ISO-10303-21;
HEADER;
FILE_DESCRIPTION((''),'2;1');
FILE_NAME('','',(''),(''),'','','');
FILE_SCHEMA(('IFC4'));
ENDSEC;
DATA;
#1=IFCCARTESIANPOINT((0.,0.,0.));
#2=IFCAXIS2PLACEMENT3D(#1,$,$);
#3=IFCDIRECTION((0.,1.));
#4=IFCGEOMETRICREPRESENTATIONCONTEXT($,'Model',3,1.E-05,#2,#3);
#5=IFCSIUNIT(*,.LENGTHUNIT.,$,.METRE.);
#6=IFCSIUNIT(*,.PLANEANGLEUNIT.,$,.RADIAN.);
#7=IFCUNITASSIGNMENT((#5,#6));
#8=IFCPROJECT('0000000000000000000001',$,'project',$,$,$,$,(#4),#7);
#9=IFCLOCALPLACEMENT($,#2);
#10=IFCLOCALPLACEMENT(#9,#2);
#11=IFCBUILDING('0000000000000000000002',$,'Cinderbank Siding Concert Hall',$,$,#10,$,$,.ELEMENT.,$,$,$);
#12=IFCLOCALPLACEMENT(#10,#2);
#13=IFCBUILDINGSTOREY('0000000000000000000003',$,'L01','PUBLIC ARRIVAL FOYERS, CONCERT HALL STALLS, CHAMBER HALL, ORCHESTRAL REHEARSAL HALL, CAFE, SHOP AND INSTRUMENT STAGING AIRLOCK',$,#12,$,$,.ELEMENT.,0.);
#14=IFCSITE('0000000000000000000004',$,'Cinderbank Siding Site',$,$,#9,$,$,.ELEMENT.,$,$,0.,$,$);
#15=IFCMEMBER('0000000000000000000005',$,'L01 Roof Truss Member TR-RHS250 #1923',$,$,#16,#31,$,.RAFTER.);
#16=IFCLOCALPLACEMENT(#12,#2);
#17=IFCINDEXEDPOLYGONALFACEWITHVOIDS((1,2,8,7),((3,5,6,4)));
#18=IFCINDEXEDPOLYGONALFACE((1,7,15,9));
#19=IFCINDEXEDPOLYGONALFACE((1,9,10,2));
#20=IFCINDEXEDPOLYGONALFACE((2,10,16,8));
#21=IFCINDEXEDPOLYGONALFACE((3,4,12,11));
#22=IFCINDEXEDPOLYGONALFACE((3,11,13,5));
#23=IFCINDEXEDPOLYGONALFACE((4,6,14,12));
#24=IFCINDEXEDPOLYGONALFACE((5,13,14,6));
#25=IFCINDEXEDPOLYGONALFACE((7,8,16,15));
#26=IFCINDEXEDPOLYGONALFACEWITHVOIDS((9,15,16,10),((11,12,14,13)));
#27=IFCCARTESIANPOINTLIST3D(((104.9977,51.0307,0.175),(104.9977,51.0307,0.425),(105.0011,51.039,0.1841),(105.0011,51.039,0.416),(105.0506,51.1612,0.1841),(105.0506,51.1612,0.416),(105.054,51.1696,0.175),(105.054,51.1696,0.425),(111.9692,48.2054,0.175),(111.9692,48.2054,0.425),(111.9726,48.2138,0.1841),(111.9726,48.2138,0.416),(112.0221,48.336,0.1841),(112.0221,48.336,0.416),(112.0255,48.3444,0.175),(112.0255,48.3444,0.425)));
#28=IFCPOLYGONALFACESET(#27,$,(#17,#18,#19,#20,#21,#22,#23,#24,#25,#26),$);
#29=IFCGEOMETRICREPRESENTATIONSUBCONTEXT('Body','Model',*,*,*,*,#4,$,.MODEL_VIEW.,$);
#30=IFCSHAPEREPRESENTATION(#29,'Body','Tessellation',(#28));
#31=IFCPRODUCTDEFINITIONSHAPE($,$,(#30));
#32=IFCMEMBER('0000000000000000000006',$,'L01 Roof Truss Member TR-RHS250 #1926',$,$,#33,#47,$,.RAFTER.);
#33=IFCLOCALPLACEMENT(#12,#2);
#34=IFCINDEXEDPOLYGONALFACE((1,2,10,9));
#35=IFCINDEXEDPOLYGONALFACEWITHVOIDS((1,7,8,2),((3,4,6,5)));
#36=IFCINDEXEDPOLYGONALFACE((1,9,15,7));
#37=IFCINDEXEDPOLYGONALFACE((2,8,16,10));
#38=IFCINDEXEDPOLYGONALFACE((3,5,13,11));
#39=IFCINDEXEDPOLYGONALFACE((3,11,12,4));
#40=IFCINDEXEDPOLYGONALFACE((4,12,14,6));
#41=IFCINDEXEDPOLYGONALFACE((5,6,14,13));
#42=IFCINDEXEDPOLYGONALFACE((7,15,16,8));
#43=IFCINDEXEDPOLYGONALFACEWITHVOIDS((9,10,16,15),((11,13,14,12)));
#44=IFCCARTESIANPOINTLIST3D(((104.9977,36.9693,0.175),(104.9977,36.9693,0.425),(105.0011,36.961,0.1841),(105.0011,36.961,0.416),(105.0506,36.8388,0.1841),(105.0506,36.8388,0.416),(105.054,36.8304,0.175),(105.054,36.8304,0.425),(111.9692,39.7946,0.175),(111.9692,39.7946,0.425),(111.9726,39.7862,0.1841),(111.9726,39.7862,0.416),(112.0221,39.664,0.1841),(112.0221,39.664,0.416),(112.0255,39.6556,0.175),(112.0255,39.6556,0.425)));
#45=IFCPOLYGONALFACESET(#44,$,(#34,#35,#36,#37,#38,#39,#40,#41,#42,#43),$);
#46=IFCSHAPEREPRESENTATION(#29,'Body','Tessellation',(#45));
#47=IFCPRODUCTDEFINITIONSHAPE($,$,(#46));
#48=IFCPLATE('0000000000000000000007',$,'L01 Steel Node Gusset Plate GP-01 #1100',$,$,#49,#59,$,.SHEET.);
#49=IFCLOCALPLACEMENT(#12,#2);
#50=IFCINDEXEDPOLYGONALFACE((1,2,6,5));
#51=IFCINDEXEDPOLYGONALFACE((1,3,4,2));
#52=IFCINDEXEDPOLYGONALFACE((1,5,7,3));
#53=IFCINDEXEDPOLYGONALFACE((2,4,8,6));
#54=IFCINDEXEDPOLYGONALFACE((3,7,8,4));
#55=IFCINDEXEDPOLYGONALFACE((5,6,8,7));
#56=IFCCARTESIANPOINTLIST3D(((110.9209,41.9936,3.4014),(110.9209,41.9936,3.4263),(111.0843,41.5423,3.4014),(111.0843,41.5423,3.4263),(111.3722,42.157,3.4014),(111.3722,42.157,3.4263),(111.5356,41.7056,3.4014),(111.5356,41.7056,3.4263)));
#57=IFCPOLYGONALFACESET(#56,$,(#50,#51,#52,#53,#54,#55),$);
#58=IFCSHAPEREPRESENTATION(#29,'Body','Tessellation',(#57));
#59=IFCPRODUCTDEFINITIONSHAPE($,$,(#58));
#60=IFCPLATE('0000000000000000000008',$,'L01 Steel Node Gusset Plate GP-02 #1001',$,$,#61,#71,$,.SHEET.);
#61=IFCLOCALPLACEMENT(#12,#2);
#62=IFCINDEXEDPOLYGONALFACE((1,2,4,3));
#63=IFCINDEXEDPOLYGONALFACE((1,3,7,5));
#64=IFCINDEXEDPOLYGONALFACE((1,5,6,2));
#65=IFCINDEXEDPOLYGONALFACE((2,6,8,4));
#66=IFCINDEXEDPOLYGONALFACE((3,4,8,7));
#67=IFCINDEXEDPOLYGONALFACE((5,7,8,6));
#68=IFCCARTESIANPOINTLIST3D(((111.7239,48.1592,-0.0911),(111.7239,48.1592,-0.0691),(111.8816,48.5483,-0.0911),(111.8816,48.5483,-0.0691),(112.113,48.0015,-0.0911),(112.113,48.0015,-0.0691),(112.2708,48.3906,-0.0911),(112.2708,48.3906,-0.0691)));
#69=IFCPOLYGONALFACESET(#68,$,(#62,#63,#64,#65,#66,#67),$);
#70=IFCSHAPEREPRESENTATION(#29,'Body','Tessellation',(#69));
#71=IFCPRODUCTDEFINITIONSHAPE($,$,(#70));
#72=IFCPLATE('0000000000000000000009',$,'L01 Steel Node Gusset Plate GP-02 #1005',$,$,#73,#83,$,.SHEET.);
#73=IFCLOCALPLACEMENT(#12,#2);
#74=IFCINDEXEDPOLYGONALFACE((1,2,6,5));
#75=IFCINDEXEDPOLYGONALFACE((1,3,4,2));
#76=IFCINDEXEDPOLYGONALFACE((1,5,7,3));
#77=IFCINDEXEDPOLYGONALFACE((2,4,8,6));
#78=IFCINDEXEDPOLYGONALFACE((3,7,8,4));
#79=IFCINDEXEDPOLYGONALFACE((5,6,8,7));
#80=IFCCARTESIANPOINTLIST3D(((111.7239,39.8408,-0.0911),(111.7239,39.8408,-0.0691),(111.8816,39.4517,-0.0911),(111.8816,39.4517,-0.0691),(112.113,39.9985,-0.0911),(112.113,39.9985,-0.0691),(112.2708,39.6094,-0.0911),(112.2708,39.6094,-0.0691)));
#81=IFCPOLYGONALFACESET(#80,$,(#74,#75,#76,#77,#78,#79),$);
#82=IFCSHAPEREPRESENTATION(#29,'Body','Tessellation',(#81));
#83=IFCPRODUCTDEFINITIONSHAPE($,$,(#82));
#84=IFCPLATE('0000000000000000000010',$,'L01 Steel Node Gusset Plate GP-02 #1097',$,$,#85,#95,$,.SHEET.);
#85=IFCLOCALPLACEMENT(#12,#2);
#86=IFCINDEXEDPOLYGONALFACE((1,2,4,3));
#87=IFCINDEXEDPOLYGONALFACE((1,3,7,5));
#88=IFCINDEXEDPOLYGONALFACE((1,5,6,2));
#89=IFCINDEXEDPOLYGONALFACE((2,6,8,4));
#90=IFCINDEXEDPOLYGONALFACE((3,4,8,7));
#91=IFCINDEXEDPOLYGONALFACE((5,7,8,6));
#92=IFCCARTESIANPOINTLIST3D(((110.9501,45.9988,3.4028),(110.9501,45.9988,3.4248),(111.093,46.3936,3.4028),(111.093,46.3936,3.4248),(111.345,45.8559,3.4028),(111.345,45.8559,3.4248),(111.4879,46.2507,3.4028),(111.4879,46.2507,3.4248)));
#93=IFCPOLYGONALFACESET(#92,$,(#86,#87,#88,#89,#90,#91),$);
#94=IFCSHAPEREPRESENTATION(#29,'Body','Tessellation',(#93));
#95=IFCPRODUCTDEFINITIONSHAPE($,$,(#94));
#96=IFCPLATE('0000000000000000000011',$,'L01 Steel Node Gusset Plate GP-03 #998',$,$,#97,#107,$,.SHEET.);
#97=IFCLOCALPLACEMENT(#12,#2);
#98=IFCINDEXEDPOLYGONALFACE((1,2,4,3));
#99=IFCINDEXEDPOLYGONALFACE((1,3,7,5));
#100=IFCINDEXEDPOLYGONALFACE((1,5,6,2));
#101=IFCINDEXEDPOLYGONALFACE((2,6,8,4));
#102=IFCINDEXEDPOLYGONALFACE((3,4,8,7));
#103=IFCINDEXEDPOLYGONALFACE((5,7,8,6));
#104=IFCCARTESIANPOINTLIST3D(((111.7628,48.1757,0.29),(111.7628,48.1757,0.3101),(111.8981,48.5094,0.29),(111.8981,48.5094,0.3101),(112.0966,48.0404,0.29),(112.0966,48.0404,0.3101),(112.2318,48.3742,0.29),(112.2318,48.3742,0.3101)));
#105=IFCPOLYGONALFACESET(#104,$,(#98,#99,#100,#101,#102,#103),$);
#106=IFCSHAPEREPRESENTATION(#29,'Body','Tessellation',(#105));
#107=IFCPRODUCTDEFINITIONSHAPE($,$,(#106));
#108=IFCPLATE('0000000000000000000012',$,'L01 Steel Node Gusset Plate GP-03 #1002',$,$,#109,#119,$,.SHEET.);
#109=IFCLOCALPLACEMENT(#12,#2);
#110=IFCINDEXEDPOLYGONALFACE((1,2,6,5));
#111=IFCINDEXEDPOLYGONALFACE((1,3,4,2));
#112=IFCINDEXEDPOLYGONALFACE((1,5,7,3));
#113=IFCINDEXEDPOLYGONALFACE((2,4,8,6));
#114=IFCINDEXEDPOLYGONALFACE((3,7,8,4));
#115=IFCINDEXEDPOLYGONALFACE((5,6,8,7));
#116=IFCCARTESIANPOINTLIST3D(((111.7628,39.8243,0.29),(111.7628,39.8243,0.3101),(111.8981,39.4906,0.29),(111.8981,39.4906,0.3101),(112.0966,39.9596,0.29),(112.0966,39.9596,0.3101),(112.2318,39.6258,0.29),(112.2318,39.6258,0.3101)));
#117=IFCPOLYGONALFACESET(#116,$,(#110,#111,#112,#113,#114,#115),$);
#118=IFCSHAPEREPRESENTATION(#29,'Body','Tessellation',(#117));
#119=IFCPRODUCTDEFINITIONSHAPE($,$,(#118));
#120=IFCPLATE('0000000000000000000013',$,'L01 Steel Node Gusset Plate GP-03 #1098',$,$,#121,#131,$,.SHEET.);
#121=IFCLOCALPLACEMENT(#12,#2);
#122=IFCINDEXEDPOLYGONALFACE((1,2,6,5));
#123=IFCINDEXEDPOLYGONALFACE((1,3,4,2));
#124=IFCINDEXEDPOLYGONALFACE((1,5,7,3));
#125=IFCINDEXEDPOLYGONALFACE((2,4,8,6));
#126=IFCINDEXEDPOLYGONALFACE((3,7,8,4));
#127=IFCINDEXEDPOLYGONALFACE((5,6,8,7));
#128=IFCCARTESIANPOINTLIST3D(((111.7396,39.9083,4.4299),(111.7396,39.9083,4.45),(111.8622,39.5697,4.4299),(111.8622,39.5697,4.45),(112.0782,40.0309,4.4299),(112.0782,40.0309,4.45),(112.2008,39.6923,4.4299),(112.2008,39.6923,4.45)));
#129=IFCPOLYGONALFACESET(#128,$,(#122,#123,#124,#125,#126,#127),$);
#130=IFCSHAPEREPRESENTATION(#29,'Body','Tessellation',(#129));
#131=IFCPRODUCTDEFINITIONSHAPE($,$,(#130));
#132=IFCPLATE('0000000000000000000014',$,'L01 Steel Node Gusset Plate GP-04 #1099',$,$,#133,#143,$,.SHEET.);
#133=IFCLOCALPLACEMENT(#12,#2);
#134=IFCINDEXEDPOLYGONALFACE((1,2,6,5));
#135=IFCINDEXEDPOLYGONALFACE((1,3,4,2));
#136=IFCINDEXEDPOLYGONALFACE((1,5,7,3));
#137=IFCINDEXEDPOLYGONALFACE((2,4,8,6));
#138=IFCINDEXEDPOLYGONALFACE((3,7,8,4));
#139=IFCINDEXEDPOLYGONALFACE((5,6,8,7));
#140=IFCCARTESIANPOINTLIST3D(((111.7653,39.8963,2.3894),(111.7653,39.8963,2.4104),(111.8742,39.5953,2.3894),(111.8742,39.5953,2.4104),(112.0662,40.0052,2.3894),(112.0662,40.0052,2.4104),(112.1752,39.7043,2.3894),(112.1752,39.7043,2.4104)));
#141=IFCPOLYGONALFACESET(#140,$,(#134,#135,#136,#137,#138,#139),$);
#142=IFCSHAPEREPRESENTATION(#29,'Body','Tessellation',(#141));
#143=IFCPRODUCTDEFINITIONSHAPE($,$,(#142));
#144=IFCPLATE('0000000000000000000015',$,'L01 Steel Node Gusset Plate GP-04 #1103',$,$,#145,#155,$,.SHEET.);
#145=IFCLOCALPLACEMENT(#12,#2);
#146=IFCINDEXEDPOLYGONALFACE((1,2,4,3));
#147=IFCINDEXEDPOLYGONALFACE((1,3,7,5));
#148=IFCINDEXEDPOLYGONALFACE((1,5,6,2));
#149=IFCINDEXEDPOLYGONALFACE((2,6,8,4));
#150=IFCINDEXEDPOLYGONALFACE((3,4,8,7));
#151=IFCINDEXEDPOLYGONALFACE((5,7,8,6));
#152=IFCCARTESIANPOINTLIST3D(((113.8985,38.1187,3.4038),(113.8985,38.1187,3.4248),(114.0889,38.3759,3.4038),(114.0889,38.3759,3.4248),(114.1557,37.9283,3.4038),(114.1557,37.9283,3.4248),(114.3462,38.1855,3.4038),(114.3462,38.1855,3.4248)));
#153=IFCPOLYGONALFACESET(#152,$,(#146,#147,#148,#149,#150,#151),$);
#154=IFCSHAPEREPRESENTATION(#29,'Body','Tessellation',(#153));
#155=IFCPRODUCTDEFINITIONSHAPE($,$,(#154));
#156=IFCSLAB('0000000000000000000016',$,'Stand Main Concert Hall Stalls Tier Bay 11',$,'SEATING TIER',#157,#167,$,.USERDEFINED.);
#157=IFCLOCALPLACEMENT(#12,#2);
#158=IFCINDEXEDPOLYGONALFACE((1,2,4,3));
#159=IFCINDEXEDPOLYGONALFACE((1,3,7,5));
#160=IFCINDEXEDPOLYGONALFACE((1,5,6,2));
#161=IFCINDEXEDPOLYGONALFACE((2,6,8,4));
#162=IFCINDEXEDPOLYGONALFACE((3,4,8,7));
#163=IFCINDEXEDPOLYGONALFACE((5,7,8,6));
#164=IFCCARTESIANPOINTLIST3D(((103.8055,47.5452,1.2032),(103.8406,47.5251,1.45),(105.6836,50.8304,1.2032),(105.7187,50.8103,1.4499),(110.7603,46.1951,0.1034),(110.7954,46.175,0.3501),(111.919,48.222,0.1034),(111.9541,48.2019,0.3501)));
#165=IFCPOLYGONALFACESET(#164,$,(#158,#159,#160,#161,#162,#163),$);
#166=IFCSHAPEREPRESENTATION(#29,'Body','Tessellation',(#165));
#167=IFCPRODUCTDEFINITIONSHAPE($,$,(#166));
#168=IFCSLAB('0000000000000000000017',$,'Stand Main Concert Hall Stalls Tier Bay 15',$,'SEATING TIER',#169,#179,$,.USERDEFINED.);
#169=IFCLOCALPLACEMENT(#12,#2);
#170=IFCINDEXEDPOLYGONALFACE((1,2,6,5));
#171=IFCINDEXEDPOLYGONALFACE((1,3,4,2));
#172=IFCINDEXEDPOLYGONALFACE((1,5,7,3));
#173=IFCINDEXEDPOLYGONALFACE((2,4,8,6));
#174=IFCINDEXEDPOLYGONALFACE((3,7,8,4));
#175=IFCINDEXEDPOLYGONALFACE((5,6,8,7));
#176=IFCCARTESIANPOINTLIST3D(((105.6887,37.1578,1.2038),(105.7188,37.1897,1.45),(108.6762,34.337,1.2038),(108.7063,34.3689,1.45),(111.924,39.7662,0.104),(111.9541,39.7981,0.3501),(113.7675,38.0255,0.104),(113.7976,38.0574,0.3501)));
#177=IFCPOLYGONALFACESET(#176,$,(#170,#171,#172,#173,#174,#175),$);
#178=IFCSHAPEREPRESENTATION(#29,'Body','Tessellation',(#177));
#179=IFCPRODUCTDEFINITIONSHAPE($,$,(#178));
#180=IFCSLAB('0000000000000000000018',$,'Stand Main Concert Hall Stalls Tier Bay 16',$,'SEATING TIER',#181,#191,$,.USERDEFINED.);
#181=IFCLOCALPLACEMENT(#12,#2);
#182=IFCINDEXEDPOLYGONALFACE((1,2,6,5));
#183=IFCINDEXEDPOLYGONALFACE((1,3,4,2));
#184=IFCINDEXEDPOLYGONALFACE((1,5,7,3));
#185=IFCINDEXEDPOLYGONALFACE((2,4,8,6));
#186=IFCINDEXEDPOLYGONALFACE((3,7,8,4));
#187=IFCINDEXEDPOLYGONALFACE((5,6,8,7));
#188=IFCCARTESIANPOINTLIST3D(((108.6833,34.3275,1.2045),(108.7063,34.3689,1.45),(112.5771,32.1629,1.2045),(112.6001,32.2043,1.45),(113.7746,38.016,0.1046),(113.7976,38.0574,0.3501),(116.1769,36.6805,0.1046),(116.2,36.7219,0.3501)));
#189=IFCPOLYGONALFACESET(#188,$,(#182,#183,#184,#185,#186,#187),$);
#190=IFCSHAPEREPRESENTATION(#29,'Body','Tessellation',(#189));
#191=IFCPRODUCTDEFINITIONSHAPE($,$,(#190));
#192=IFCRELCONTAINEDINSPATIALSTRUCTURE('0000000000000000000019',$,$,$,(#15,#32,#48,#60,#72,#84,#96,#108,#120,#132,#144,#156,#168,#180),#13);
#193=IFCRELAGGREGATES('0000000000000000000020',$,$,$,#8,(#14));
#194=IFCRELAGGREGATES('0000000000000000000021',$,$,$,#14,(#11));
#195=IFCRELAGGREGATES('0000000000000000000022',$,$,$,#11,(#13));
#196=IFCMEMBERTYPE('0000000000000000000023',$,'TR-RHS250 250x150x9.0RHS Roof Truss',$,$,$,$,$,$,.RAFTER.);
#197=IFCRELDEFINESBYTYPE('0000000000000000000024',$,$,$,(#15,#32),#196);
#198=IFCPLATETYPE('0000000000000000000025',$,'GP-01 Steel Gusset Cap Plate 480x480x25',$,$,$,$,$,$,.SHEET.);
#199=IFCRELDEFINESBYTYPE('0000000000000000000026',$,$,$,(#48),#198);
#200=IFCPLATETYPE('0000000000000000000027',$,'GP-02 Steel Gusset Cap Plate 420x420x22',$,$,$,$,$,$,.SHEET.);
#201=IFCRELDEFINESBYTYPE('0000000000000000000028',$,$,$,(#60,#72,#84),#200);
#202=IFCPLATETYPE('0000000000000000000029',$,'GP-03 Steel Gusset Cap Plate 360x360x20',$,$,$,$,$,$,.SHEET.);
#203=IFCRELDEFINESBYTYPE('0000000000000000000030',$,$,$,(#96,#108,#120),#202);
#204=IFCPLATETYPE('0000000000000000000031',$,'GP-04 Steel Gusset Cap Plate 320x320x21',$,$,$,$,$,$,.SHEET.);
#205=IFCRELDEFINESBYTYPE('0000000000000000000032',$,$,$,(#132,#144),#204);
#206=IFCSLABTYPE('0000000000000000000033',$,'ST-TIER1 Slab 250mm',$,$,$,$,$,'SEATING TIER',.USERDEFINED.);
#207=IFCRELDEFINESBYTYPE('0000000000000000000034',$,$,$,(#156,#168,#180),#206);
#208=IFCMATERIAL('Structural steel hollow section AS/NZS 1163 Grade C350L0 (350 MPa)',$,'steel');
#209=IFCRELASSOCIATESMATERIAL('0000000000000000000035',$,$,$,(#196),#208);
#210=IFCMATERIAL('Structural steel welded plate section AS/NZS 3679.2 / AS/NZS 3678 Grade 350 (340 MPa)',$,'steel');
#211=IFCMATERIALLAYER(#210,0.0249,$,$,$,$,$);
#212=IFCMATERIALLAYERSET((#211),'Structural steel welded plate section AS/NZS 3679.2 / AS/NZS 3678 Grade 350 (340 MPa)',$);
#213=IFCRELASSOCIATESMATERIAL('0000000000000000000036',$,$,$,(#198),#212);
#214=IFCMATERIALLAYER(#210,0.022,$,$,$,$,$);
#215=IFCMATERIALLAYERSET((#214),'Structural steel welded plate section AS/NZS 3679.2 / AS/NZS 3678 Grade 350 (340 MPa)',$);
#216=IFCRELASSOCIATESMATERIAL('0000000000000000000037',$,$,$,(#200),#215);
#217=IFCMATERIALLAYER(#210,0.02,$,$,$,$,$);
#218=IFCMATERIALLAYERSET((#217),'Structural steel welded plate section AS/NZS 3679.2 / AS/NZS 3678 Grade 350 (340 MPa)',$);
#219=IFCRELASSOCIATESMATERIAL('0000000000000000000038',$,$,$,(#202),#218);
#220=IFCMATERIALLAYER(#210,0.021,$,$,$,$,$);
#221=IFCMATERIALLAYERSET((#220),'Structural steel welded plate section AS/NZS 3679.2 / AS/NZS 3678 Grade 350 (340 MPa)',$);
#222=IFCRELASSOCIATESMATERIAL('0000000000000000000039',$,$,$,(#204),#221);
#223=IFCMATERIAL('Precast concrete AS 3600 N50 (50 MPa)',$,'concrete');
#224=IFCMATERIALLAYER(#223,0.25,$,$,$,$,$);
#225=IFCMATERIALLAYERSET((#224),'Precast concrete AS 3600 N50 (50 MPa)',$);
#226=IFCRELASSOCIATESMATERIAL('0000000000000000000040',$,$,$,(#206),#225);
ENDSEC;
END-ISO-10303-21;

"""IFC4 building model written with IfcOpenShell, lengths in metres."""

from ifc_helpers import new_model, si_unit, direction, frame, origin, origin_2d, place, context, subcontext, project, spatial, polyline, rectangle, hollow_rectangle, outline, extrude, material, layer, layer_set, material_profile, profile_set, type_object, element, save


model = new_model("IFC4")

# Units and contexts
model_context = context("Model", 3, precision=1e-05, world=origin(), true_north=direction((0.0, 1.0)))
body_context = subcontext(model_context, "Body", "Model", "MODEL_VIEW")
ifc_project = project(units=[si_unit("LENGTHUNIT", "METRE"), si_unit("PLANEANGLEUNIT", "RADIAN")], contexts=[model_context])

# Site, building, storey
site_placement = place(None, origin())
site = spatial("IfcSite", under=ifc_project, at=site_placement, Name="Cinderbank Siding Site", CompositionType="ELEMENT", RefElevation=0.0)
building_placement = place(site_placement, origin())
building = spatial("IfcBuilding", under=site, at=building_placement, Name="Cinderbank Siding Concert Hall", CompositionType="ELEMENT")
storey_placement = place(building_placement, origin())
storey = spatial("IfcBuildingStorey", under=building, at=storey_placement, Name="L01", Description="PUBLIC ARRIVAL FOYERS, CONCERT HALL STALLS, CHAMBER HALL, ORCHESTRAL REHEARSAL HALL, CAFE, SHOP AND INSTRUMENT STAGING AIRLOCK", CompositionType="ELEMENT", Elevation=0.0)

# Shared definitions
ifc_material_1 = material(Name="Structural steel hollow section AS/NZS 1163 Grade C350L0 (350 MPa)", Category="steel")

# Members
ifc_material_profile_1 = material_profile(ifc_material_1, hollow_rectangle(XDim=0.1499, YDim=0.25, WallThickness=0.009, at=origin_2d()), Name="250x150x9.0RHS", Category="LoadBearing")
ifc_profile_set_1 = profile_set([ifc_material_profile_1], Name="Structural steel hollow section AS/NZS 1163 Grade C350L0 (350 MPa)")
member_type_1 = type_object("IfcMemberType", Name="TR-RHS250 250x150x9.0RHS Roof Truss", PredefinedType="RAFTER", material=ifc_profile_set_1)
for number, where, z_axis, x_axis, name in (
    (1, (111.9973, 48.2749, 0.3), (-0.926788, 0.375584, 0.0), (-0.375584, -0.926788, 0.0), "L01 Roof Truss Member TR-RHS250 #1923"),
    (2, (111.9973, 39.7251, 0.3), (-0.926788, -0.375584, 0.0), (0.375584, -0.926788, 0.0), "L01 Roof Truss Member TR-RHS250 #1926"),
):
    element("IfcMember", number, at=place(storey_placement, frame(where, z_axis=z_axis, x_axis=x_axis)), inside=storey, type_object=member_type_1, Name=name, PredefinedType="RAFTER", context=body_context, shape_type="SweptSolid", body=[
        extrude(hollow_rectangle(XDim=0.1499, YDim=0.25, WallThickness=0.009, at=origin_2d()), origin(), (0.0, 0.0, 1.0), 7.5222),
    ])

# Plates
ifc_material_2 = material(Name="Structural steel welded plate section AS/NZS 3679.2 / AS/NZS 3678 Grade 350 (340 MPa)", Category="steel")
ifc_layer_1 = layer(ifc_material_2, 0.0249)
ifc_layer_set_1 = layer_set([ifc_layer_1], Name="Structural steel welded plate section AS/NZS 3679.2 / AS/NZS 3678 Grade 350 (340 MPa)")
plate_type_1 = type_object("IfcPlateType", Name="GP-01 Steel Gusset Cap Plate 480x480x25", PredefinedType="SHEET", material=ifc_layer_set_1)
plate_placement = place(storey_placement, frame((111.2283, 41.8496, 3.4014), z_axis=(0.0, 0.0, 1.0), x_axis=(-0.34038, 0.940288, 0.0)))
element("IfcPlate", 3, at=plate_placement, inside=storey, type_object=plate_type_1, Name="L01 Steel Node Gusset Plate GP-01 #1100", PredefinedType="SHEET", context=body_context, shape_type="SweptSolid", body=[
    extrude(rectangle(XDim=0.48, YDim=0.48, at=origin_2d()), origin(), (0.0, 0.0, 1.0), 0.0249),
])
ifc_layer_2 = layer(ifc_material_2, 0.022)
ifc_layer_set_2 = layer_set([ifc_layer_2], Name="Structural steel welded plate section AS/NZS 3679.2 / AS/NZS 3678 Grade 350 (340 MPa)")
plate_type_2 = type_object("IfcPlateType", Name="GP-02 Steel Gusset Cap Plate 420x420x22", PredefinedType="SHEET", material=ifc_layer_set_2)
for number, where, z_axis, x_axis, name in (
    (4, (111.9973, 48.2749, -0.0911), (0.0, 0.0, 1.0), (0.926791, -0.375577, 0.0), "L01 Steel Node Gusset Plate GP-02 #1001"),
    (5, (111.9973, 39.7251, -0.0911), (0.0, 0.0, 1.0), (0.926791, 0.375577, 0.0), "L01 Steel Node Gusset Plate GP-02 #1005"),
    (6, (111.219, 46.1248, 3.4028), (0.0, 0.0, 1.0), (0.34038, 0.940288, 0.0), "L01 Steel Node Gusset Plate GP-02 #1097"),
):
    element("IfcPlate", number, at=place(storey_placement, frame(where, z_axis=z_axis, x_axis=x_axis)), inside=storey, type_object=plate_type_2, Name=name, PredefinedType="SHEET", context=body_context, shape_type="SweptSolid", body=[
        extrude(rectangle(XDim=0.4199, YDim=0.4199, at=origin_2d()), origin(), (0.0, 0.0, 1.0), 0.022),
    ])
ifc_layer_3 = layer(ifc_material_2, 0.02)
ifc_layer_set_3 = layer_set([ifc_layer_3], Name="Structural steel welded plate section AS/NZS 3679.2 / AS/NZS 3678 Grade 350 (340 MPa)")
plate_type_3 = type_object("IfcPlateType", Name="GP-03 Steel Gusset Cap Plate 360x360x20", PredefinedType="SHEET", material=ifc_layer_set_3)
for number, where, z_axis, x_axis, name in (
    (7, (111.9973, 48.2749, 0.29), (0.0, 0.0, 1.0), (-0.926791, 0.375577, 0.0), "L01 Steel Node Gusset Plate GP-03 #998"),
    (8, (111.9973, 39.7251, 0.29), (0.0, 0.0, 1.0), (-0.926791, -0.375577, 0.0), "L01 Steel Node Gusset Plate GP-03 #1002"),
    (9, (111.9702, 39.8003, 4.4299), (0.0, 0.0, 1.0), (0.34038, -0.940288, 0.0), "L01 Steel Node Gusset Plate GP-03 #1098"),
):
    element("IfcPlate", number, at=place(storey_placement, frame(where, z_axis=z_axis, x_axis=x_axis)), inside=storey, type_object=plate_type_3, Name=name, PredefinedType="SHEET", context=body_context, shape_type="SweptSolid", body=[
        extrude(rectangle(XDim=0.3601, YDim=0.3601, at=origin_2d()), origin(), (0.0, 0.0, 1.0), 0.02),
    ])
ifc_layer_4 = layer(ifc_material_2, 0.021)
ifc_layer_set_4 = layer_set([ifc_layer_4], Name="Structural steel welded plate section AS/NZS 3679.2 / AS/NZS 3678 Grade 350 (340 MPa)")
plate_type_4 = type_object("IfcPlateType", Name="GP-04 Steel Gusset Cap Plate 320x320x21", PredefinedType="SHEET", material=ifc_layer_set_4)
for number, where, z_axis, x_axis, name in (
    (10, (111.9702, 39.8003, 2.3894), (0.0, 0.0, 1.0), (-0.34038, 0.940288, 0.0), "L01 Steel Node Gusset Plate GP-04 #1099"),
    (11, (114.1223, 38.1521, 3.4038), (0.0, 0.0, 1.0), (-0.803753, 0.594963, 0.0), "L01 Steel Node Gusset Plate GP-04 #1103"),
):
    element("IfcPlate", number, at=place(storey_placement, frame(where, z_axis=z_axis, x_axis=x_axis)), inside=storey, type_object=plate_type_4, Name=name, PredefinedType="SHEET", context=body_context, shape_type="SweptSolid", body=[
        extrude(rectangle(XDim=0.3201, YDim=0.3201, at=origin_2d()), origin(), (0.0, 0.0, 1.0), 0.021),
    ])

# Slabs
ifc_material_3 = material(Name="Precast concrete AS 3600 N50 (50 MPa)", Category="concrete")
ifc_layer_5 = layer(ifc_material_3, 0.25)
ifc_layer_set_5 = layer_set([ifc_layer_5], Name="Precast concrete AS 3600 N50 (50 MPa)")
slab_type = type_object("IfcSlabType", Name="ST-TIER1 Slab 250mm", ElementType="SEATING TIER", PredefinedType="USERDEFINED", material=ifc_layer_set_5)
slab_1_placement = place(storey_placement, frame((111.9541, 48.2019, 0.3501), z_axis=(0.14047, -0.080306, 0.986823), x_axis=(-0.496297, -0.868153, -0.000003)))
element("IfcSlab", 12, at=slab_1_placement, inside=storey, type_object=slab_type, Name="Stand Main Concert Hall Stalls Tier Bay 11", ObjectType="SEATING TIER", PredefinedType="USERDEFINED", context=body_context, shape_type="SweptSolid", body=[
    extrude(outline(polyline([(0.0, 0.0), (2.3347, 0.0), (4.6142, -6.7975), (0.8301, -6.7974), (0.0, 0.0)])), origin(), (0.0, 0.0, -1.0), 0.25),
])
slab_2_placement = place(storey_placement, frame((111.9541, 39.7981, 0.3501), z_axis=(0.120343, 0.127454, 0.984517), x_axis=(0.727086, -0.686547, 0.000003)))
element("IfcSlab", 13, at=slab_2_placement, inside=storey, type_object=slab_type, Name="Stand Main Concert Hall Stalls Tier Bay 15", ObjectType="SEATING TIER", PredefinedType="USERDEFINED", context=body_context, shape_type="SweptSolid", body=[
    extrude(outline(polyline([(0.0, 0.0), (2.5355, 0.0), (1.366, -6.2744), (-2.7428, -6.2745), (0.0, 0.0)])), origin(), (0.0, 0.0, -1.0), 0.25),
])
slab_3_placement = place(storey_placement, frame((113.7976, 38.0574, 0.3501), z_axis=(0.092092, 0.165664, 0.981873), x_axis=(0.874032, -0.485869, 0.0)))
element("IfcSlab", 14, at=slab_3_placement, inside=storey, type_object=slab_type, Name="Stand Main Concert Hall Stalls Tier Bay 16", ObjectType="SEATING TIER", PredefinedType="USERDEFINED", context=body_context, shape_type="SweptSolid", body=[
    extrude(outline(polyline([(0.0, 0.0), (2.7486, 0.0), (1.7971, -5.8028), (-2.6578, -5.8027), (0.0, 0.0)])), origin(), (0.0, 0.0, -1.0), 0.25),
])

save(model, "model.ifc")
